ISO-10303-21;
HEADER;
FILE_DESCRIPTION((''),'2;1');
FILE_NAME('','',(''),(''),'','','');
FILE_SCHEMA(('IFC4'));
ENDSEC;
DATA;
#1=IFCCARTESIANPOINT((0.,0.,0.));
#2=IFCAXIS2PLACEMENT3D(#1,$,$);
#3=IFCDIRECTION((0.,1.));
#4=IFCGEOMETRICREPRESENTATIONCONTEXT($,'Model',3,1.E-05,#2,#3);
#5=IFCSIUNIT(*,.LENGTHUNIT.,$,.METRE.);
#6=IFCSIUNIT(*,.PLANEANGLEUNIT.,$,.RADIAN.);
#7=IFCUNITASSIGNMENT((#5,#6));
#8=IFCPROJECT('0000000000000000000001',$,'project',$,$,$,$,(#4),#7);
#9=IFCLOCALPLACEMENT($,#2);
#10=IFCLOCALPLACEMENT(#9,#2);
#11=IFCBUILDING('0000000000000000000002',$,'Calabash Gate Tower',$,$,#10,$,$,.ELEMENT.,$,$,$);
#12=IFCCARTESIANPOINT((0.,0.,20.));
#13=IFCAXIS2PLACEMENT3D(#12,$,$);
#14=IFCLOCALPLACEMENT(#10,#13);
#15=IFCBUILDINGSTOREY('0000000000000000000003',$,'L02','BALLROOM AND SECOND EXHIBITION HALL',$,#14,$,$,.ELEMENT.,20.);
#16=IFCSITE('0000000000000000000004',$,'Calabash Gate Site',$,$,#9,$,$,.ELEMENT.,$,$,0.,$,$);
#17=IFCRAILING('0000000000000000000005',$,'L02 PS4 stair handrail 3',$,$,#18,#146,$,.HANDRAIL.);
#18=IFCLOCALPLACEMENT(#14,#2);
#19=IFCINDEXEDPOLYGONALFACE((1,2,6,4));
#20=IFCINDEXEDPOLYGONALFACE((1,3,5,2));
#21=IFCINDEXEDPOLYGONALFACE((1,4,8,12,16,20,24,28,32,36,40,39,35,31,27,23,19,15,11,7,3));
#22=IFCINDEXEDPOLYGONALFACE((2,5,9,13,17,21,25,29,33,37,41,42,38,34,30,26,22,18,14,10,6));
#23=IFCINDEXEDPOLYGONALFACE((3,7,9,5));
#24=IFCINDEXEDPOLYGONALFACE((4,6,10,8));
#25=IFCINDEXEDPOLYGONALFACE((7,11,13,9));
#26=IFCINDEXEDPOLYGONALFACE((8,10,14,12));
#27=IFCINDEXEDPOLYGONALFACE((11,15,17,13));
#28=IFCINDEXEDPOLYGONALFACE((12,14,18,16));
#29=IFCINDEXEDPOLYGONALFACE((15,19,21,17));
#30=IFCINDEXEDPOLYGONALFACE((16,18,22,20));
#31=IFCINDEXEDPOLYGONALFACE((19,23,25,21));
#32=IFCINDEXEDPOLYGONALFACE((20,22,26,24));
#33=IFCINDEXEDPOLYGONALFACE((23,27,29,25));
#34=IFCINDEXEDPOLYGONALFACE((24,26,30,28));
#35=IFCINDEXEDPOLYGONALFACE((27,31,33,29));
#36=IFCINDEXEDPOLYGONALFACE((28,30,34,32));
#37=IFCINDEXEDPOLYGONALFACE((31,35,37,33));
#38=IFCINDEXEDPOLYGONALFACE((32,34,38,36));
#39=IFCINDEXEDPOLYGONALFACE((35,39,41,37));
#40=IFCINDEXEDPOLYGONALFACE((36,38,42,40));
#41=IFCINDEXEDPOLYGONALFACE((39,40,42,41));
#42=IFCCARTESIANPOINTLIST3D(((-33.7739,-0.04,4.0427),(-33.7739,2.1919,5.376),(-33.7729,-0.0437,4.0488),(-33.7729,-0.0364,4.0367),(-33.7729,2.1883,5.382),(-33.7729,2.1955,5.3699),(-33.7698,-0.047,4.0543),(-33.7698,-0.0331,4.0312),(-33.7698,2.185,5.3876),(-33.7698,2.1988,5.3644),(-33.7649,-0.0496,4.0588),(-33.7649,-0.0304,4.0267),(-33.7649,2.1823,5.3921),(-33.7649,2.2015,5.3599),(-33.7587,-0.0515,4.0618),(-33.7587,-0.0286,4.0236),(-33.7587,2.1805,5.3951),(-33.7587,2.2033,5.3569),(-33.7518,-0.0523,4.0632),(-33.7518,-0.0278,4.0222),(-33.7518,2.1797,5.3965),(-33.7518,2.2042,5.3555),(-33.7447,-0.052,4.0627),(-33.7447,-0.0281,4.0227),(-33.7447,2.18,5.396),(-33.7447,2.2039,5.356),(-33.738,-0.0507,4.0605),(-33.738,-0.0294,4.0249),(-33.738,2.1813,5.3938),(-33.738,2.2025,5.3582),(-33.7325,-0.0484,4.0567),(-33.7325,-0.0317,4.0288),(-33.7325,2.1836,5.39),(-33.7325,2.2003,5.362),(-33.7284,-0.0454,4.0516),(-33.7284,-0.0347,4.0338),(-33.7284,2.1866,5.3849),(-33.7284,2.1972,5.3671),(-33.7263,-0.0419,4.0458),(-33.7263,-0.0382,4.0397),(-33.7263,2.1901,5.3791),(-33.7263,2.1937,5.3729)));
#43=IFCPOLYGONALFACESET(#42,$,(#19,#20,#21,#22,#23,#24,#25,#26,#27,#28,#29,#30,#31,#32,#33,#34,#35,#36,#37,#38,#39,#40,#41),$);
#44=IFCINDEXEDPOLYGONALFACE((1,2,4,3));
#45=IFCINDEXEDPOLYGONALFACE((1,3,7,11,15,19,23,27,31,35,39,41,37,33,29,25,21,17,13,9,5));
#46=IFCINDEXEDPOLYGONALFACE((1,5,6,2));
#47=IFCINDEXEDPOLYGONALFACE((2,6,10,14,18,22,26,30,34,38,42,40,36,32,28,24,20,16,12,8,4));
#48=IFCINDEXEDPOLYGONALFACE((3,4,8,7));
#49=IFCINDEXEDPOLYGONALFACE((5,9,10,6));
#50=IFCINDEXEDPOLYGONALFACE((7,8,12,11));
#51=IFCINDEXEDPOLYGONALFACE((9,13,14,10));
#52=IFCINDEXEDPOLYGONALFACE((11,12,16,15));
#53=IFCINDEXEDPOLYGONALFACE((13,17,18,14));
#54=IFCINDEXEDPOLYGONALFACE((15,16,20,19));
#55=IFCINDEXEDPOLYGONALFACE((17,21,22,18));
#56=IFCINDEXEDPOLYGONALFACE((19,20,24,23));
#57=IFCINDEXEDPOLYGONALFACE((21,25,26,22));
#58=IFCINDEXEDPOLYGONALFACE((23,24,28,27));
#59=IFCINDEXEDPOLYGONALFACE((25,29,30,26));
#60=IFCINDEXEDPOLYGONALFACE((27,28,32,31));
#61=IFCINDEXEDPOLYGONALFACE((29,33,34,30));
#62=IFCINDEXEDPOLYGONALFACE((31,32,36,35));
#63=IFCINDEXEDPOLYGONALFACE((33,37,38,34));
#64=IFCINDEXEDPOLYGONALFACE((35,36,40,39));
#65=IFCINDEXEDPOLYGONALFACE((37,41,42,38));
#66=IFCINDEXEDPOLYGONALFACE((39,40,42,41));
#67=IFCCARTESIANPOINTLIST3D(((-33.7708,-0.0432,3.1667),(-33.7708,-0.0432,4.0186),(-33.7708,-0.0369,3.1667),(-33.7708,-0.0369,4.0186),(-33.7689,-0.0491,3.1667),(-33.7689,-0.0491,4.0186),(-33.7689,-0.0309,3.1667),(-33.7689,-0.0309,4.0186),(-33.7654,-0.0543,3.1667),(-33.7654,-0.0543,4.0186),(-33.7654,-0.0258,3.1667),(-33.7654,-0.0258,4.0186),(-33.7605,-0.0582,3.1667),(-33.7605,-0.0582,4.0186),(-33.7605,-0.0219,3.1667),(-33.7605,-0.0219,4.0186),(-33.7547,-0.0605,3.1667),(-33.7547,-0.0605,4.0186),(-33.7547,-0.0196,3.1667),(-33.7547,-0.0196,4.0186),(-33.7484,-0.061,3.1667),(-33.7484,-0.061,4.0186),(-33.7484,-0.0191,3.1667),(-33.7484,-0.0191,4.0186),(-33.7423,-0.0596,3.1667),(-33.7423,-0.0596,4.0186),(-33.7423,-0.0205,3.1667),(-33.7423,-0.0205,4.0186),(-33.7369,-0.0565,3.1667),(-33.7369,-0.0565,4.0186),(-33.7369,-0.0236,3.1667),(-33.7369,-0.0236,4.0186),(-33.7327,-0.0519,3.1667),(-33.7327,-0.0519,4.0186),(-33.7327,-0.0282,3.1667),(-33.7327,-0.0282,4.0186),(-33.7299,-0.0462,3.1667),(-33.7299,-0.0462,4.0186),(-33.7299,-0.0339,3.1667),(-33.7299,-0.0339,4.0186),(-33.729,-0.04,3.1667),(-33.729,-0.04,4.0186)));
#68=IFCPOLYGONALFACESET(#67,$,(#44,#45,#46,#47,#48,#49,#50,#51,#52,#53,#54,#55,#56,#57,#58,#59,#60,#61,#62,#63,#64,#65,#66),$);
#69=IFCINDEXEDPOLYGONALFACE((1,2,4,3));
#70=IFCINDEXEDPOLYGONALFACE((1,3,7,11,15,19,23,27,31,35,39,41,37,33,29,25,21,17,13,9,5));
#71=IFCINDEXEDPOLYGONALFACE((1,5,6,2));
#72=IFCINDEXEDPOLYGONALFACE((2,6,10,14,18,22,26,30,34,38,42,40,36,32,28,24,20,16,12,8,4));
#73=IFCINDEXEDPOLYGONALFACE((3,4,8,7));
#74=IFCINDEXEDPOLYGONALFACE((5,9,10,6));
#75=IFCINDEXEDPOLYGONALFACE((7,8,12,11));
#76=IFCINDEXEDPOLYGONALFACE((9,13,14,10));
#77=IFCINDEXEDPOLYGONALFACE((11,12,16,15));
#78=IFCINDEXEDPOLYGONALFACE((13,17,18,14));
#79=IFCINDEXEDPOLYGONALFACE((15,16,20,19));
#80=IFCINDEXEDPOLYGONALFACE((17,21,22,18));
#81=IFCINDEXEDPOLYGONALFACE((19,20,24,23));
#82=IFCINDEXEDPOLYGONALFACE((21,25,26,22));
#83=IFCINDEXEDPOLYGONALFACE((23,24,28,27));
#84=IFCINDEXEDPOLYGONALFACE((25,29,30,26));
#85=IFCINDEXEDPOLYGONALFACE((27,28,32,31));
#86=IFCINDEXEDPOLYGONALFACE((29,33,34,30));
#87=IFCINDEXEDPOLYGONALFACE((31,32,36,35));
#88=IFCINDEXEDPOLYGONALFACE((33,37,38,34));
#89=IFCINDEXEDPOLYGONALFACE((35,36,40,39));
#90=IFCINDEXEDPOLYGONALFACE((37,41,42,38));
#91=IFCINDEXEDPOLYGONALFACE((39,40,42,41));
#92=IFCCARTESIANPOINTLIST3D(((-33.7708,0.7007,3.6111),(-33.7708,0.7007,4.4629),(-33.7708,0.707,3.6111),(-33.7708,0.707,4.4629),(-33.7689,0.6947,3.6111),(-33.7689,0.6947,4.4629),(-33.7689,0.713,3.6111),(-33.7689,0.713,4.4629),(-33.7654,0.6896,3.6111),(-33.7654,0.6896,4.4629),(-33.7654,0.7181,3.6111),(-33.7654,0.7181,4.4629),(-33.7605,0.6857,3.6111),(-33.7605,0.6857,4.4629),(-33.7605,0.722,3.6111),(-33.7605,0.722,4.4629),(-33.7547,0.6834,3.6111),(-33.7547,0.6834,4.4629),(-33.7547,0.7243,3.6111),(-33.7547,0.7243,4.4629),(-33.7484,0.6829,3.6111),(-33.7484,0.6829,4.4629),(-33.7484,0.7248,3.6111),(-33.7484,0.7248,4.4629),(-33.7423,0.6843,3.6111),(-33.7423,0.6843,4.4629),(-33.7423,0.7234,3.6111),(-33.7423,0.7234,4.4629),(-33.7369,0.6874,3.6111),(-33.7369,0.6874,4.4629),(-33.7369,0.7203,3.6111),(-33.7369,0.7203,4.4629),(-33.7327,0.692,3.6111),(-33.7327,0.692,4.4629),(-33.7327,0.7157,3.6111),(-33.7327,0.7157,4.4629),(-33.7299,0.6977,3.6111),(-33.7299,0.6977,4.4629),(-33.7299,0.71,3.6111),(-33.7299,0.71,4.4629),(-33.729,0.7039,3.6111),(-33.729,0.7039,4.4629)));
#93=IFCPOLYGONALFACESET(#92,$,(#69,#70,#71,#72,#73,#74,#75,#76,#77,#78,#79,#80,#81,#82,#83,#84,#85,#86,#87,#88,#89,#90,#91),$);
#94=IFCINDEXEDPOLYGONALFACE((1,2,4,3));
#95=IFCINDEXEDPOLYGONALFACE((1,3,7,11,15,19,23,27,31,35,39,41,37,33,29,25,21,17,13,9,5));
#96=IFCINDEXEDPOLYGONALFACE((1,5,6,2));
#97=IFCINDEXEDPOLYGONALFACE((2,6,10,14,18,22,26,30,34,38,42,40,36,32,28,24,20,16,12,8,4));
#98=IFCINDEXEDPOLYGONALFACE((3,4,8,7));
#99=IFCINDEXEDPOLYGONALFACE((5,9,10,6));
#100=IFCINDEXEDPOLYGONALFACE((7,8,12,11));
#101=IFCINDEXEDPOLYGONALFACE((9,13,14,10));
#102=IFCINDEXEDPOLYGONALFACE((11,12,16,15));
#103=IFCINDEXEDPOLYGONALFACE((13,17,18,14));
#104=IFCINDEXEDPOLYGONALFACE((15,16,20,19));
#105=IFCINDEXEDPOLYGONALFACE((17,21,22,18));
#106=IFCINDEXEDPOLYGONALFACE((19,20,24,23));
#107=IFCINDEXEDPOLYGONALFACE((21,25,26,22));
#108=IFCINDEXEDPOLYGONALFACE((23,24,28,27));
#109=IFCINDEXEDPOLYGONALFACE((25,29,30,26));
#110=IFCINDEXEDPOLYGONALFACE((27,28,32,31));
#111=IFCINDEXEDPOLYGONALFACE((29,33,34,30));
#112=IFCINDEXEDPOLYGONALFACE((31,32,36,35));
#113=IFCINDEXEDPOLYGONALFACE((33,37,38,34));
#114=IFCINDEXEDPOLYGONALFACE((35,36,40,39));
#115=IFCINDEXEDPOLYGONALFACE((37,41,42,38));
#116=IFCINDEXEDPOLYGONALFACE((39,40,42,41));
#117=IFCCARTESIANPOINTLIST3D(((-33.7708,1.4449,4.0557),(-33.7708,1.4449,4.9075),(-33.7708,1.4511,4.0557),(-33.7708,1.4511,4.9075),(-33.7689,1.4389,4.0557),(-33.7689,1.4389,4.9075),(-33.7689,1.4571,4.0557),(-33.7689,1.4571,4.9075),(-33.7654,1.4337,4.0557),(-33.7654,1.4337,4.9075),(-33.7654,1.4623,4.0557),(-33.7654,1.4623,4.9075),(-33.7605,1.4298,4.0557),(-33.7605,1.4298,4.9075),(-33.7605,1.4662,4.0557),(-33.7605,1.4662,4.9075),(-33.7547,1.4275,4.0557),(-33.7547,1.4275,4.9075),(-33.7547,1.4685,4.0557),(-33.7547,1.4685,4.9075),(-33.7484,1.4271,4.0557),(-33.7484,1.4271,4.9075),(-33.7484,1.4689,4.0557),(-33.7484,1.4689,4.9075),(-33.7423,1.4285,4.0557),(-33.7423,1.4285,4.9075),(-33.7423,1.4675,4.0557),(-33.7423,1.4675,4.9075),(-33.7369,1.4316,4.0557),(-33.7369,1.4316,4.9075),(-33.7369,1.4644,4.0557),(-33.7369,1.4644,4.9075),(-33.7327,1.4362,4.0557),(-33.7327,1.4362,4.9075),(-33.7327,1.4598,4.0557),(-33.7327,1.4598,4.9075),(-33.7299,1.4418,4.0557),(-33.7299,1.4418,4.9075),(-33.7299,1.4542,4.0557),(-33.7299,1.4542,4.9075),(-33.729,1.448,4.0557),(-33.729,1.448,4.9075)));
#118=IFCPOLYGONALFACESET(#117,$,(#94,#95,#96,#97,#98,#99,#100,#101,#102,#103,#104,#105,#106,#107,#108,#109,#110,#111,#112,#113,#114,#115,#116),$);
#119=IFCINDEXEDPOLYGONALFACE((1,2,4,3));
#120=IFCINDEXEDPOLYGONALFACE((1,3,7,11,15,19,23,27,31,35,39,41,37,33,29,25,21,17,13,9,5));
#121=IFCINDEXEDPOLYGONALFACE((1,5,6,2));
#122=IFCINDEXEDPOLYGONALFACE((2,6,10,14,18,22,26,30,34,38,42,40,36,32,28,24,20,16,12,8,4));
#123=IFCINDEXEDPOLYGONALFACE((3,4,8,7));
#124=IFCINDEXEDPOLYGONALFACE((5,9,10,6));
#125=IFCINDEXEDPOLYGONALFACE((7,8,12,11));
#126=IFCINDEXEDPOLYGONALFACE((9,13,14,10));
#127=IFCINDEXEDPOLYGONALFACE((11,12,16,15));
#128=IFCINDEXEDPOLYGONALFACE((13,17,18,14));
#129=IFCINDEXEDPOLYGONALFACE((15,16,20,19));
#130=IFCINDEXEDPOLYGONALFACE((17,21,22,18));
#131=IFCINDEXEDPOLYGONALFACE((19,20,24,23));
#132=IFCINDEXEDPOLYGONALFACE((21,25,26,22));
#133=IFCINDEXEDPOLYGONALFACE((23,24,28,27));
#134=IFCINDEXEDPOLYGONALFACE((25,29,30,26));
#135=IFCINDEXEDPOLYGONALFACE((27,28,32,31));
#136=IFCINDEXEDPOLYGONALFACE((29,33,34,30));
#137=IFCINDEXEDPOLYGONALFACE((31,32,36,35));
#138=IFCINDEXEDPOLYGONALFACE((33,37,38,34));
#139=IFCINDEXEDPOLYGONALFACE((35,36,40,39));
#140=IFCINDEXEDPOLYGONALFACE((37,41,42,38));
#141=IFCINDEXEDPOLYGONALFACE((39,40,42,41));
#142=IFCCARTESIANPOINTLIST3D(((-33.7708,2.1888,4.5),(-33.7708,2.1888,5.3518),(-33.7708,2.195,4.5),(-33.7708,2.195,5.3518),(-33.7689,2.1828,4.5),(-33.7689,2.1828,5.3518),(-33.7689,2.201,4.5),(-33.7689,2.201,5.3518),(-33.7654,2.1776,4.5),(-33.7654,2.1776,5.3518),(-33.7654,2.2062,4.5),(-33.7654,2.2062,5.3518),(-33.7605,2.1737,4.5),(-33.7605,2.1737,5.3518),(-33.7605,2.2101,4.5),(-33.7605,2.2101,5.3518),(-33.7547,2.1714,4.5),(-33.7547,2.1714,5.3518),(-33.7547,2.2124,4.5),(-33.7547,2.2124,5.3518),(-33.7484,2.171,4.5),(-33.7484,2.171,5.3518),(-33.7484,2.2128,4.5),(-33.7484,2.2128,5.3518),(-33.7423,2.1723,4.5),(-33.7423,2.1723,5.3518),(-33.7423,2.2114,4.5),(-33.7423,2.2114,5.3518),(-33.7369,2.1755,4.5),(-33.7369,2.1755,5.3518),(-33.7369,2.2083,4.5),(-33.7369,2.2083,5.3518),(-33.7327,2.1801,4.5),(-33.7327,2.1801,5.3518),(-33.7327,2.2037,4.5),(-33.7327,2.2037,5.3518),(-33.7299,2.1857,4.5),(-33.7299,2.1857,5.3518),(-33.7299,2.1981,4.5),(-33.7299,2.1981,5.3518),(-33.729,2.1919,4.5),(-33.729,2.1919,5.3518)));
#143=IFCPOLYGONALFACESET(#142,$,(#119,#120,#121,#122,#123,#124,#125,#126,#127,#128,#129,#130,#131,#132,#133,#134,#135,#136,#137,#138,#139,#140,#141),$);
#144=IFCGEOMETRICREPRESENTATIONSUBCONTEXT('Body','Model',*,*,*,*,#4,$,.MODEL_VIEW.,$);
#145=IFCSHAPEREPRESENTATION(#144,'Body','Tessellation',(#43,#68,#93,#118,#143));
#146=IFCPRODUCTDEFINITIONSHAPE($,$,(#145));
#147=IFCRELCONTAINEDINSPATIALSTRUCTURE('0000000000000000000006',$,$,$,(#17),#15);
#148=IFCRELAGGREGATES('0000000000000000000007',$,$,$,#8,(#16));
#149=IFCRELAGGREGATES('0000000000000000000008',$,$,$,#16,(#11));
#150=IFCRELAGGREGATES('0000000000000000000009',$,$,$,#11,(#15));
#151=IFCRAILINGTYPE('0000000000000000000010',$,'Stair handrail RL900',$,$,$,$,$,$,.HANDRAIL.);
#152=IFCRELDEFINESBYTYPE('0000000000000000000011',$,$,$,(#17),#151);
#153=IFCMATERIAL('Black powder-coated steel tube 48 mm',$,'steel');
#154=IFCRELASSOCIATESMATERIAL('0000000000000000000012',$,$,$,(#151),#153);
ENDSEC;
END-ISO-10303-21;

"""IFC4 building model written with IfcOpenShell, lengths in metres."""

from ifc_helpers import new_model, si_unit, direction, frame, origin, origin_2d, place, context, subcontext, project, spatial, circle, extrude, material, type_object, element, save


model = new_model("IFC4")

# Units and contexts
model_context = context("Model", 3, precision=1e-05, world=origin(), true_north=direction((0.0, 1.0)))
body_context = subcontext(model_context, "Body", "Model", "MODEL_VIEW")
ifc_project = project(units=[si_unit("LENGTHUNIT", "METRE"), si_unit("PLANEANGLEUNIT", "RADIAN")], contexts=[model_context])

# Site, building, storey
site_placement = place(None, origin())
site = spatial("IfcSite", under=ifc_project, at=site_placement, Name="Calabash Gate Site", CompositionType="ELEMENT", RefElevation=0.0)
building_placement = place(site_placement, origin())
building = spatial("IfcBuilding", under=site, at=building_placement, Name="Calabash Gate Tower", CompositionType="ELEMENT")
storey_placement = place(building_placement, frame((0.0, 0.0, 20.0)))
storey = spatial("IfcBuildingStorey", under=building, at=storey_placement, Name="L02", Description="BALLROOM AND SECOND EXHIBITION HALL", CompositionType="ELEMENT", Elevation=20.0)

# Railing
ifc_material_1 = material(Name="Black powder-coated steel tube 48 mm", Category="steel")
railing_type_1 = type_object("IfcRailingType", Name="Stair handrail RL900", PredefinedType="HANDRAIL", material=ifc_material_1)
for number, where, name in (
    (1, (-33.75, -0.04, 3.1667), "L02 PS4 stair handrail 3"),
):
    element("IfcRailing", number, at=place(storey_placement, frame(where)), inside=storey, type_object=railing_type_1, Name=name, PredefinedType="HANDRAIL", context=body_context, shape_type="SweptSolid", body=[
        extrude(circle(Radius=0.0239, at=origin_2d()), frame((0.0, 0.0, 0.876), z_axis=(0.0, 0.858494, 0.512824), x_axis=(-1.0, 0.0, 0.0)), (0.0, 0.0, 1.0), 2.5999),
        extrude(circle(Radius=0.021, at=origin_2d()), origin(), (0.0, 0.0, 1.0), 0.8518),
        extrude(circle(Radius=0.021, at=origin_2d()), frame((0.0, 0.7439, 0.4443)), (0.0, 0.0, 1.0), 0.8518),
        extrude(circle(Radius=0.021, at=origin_2d()), frame((0.0, 1.488, 0.8889)), (0.0, 0.0, 1.0), 0.8518),
        extrude(circle(Radius=0.021, at=origin_2d()), frame((0.0, 2.2319, 1.3333)), (0.0, 0.0, 1.0), 0.8518),
    ])

save(model, "model.ifc")
